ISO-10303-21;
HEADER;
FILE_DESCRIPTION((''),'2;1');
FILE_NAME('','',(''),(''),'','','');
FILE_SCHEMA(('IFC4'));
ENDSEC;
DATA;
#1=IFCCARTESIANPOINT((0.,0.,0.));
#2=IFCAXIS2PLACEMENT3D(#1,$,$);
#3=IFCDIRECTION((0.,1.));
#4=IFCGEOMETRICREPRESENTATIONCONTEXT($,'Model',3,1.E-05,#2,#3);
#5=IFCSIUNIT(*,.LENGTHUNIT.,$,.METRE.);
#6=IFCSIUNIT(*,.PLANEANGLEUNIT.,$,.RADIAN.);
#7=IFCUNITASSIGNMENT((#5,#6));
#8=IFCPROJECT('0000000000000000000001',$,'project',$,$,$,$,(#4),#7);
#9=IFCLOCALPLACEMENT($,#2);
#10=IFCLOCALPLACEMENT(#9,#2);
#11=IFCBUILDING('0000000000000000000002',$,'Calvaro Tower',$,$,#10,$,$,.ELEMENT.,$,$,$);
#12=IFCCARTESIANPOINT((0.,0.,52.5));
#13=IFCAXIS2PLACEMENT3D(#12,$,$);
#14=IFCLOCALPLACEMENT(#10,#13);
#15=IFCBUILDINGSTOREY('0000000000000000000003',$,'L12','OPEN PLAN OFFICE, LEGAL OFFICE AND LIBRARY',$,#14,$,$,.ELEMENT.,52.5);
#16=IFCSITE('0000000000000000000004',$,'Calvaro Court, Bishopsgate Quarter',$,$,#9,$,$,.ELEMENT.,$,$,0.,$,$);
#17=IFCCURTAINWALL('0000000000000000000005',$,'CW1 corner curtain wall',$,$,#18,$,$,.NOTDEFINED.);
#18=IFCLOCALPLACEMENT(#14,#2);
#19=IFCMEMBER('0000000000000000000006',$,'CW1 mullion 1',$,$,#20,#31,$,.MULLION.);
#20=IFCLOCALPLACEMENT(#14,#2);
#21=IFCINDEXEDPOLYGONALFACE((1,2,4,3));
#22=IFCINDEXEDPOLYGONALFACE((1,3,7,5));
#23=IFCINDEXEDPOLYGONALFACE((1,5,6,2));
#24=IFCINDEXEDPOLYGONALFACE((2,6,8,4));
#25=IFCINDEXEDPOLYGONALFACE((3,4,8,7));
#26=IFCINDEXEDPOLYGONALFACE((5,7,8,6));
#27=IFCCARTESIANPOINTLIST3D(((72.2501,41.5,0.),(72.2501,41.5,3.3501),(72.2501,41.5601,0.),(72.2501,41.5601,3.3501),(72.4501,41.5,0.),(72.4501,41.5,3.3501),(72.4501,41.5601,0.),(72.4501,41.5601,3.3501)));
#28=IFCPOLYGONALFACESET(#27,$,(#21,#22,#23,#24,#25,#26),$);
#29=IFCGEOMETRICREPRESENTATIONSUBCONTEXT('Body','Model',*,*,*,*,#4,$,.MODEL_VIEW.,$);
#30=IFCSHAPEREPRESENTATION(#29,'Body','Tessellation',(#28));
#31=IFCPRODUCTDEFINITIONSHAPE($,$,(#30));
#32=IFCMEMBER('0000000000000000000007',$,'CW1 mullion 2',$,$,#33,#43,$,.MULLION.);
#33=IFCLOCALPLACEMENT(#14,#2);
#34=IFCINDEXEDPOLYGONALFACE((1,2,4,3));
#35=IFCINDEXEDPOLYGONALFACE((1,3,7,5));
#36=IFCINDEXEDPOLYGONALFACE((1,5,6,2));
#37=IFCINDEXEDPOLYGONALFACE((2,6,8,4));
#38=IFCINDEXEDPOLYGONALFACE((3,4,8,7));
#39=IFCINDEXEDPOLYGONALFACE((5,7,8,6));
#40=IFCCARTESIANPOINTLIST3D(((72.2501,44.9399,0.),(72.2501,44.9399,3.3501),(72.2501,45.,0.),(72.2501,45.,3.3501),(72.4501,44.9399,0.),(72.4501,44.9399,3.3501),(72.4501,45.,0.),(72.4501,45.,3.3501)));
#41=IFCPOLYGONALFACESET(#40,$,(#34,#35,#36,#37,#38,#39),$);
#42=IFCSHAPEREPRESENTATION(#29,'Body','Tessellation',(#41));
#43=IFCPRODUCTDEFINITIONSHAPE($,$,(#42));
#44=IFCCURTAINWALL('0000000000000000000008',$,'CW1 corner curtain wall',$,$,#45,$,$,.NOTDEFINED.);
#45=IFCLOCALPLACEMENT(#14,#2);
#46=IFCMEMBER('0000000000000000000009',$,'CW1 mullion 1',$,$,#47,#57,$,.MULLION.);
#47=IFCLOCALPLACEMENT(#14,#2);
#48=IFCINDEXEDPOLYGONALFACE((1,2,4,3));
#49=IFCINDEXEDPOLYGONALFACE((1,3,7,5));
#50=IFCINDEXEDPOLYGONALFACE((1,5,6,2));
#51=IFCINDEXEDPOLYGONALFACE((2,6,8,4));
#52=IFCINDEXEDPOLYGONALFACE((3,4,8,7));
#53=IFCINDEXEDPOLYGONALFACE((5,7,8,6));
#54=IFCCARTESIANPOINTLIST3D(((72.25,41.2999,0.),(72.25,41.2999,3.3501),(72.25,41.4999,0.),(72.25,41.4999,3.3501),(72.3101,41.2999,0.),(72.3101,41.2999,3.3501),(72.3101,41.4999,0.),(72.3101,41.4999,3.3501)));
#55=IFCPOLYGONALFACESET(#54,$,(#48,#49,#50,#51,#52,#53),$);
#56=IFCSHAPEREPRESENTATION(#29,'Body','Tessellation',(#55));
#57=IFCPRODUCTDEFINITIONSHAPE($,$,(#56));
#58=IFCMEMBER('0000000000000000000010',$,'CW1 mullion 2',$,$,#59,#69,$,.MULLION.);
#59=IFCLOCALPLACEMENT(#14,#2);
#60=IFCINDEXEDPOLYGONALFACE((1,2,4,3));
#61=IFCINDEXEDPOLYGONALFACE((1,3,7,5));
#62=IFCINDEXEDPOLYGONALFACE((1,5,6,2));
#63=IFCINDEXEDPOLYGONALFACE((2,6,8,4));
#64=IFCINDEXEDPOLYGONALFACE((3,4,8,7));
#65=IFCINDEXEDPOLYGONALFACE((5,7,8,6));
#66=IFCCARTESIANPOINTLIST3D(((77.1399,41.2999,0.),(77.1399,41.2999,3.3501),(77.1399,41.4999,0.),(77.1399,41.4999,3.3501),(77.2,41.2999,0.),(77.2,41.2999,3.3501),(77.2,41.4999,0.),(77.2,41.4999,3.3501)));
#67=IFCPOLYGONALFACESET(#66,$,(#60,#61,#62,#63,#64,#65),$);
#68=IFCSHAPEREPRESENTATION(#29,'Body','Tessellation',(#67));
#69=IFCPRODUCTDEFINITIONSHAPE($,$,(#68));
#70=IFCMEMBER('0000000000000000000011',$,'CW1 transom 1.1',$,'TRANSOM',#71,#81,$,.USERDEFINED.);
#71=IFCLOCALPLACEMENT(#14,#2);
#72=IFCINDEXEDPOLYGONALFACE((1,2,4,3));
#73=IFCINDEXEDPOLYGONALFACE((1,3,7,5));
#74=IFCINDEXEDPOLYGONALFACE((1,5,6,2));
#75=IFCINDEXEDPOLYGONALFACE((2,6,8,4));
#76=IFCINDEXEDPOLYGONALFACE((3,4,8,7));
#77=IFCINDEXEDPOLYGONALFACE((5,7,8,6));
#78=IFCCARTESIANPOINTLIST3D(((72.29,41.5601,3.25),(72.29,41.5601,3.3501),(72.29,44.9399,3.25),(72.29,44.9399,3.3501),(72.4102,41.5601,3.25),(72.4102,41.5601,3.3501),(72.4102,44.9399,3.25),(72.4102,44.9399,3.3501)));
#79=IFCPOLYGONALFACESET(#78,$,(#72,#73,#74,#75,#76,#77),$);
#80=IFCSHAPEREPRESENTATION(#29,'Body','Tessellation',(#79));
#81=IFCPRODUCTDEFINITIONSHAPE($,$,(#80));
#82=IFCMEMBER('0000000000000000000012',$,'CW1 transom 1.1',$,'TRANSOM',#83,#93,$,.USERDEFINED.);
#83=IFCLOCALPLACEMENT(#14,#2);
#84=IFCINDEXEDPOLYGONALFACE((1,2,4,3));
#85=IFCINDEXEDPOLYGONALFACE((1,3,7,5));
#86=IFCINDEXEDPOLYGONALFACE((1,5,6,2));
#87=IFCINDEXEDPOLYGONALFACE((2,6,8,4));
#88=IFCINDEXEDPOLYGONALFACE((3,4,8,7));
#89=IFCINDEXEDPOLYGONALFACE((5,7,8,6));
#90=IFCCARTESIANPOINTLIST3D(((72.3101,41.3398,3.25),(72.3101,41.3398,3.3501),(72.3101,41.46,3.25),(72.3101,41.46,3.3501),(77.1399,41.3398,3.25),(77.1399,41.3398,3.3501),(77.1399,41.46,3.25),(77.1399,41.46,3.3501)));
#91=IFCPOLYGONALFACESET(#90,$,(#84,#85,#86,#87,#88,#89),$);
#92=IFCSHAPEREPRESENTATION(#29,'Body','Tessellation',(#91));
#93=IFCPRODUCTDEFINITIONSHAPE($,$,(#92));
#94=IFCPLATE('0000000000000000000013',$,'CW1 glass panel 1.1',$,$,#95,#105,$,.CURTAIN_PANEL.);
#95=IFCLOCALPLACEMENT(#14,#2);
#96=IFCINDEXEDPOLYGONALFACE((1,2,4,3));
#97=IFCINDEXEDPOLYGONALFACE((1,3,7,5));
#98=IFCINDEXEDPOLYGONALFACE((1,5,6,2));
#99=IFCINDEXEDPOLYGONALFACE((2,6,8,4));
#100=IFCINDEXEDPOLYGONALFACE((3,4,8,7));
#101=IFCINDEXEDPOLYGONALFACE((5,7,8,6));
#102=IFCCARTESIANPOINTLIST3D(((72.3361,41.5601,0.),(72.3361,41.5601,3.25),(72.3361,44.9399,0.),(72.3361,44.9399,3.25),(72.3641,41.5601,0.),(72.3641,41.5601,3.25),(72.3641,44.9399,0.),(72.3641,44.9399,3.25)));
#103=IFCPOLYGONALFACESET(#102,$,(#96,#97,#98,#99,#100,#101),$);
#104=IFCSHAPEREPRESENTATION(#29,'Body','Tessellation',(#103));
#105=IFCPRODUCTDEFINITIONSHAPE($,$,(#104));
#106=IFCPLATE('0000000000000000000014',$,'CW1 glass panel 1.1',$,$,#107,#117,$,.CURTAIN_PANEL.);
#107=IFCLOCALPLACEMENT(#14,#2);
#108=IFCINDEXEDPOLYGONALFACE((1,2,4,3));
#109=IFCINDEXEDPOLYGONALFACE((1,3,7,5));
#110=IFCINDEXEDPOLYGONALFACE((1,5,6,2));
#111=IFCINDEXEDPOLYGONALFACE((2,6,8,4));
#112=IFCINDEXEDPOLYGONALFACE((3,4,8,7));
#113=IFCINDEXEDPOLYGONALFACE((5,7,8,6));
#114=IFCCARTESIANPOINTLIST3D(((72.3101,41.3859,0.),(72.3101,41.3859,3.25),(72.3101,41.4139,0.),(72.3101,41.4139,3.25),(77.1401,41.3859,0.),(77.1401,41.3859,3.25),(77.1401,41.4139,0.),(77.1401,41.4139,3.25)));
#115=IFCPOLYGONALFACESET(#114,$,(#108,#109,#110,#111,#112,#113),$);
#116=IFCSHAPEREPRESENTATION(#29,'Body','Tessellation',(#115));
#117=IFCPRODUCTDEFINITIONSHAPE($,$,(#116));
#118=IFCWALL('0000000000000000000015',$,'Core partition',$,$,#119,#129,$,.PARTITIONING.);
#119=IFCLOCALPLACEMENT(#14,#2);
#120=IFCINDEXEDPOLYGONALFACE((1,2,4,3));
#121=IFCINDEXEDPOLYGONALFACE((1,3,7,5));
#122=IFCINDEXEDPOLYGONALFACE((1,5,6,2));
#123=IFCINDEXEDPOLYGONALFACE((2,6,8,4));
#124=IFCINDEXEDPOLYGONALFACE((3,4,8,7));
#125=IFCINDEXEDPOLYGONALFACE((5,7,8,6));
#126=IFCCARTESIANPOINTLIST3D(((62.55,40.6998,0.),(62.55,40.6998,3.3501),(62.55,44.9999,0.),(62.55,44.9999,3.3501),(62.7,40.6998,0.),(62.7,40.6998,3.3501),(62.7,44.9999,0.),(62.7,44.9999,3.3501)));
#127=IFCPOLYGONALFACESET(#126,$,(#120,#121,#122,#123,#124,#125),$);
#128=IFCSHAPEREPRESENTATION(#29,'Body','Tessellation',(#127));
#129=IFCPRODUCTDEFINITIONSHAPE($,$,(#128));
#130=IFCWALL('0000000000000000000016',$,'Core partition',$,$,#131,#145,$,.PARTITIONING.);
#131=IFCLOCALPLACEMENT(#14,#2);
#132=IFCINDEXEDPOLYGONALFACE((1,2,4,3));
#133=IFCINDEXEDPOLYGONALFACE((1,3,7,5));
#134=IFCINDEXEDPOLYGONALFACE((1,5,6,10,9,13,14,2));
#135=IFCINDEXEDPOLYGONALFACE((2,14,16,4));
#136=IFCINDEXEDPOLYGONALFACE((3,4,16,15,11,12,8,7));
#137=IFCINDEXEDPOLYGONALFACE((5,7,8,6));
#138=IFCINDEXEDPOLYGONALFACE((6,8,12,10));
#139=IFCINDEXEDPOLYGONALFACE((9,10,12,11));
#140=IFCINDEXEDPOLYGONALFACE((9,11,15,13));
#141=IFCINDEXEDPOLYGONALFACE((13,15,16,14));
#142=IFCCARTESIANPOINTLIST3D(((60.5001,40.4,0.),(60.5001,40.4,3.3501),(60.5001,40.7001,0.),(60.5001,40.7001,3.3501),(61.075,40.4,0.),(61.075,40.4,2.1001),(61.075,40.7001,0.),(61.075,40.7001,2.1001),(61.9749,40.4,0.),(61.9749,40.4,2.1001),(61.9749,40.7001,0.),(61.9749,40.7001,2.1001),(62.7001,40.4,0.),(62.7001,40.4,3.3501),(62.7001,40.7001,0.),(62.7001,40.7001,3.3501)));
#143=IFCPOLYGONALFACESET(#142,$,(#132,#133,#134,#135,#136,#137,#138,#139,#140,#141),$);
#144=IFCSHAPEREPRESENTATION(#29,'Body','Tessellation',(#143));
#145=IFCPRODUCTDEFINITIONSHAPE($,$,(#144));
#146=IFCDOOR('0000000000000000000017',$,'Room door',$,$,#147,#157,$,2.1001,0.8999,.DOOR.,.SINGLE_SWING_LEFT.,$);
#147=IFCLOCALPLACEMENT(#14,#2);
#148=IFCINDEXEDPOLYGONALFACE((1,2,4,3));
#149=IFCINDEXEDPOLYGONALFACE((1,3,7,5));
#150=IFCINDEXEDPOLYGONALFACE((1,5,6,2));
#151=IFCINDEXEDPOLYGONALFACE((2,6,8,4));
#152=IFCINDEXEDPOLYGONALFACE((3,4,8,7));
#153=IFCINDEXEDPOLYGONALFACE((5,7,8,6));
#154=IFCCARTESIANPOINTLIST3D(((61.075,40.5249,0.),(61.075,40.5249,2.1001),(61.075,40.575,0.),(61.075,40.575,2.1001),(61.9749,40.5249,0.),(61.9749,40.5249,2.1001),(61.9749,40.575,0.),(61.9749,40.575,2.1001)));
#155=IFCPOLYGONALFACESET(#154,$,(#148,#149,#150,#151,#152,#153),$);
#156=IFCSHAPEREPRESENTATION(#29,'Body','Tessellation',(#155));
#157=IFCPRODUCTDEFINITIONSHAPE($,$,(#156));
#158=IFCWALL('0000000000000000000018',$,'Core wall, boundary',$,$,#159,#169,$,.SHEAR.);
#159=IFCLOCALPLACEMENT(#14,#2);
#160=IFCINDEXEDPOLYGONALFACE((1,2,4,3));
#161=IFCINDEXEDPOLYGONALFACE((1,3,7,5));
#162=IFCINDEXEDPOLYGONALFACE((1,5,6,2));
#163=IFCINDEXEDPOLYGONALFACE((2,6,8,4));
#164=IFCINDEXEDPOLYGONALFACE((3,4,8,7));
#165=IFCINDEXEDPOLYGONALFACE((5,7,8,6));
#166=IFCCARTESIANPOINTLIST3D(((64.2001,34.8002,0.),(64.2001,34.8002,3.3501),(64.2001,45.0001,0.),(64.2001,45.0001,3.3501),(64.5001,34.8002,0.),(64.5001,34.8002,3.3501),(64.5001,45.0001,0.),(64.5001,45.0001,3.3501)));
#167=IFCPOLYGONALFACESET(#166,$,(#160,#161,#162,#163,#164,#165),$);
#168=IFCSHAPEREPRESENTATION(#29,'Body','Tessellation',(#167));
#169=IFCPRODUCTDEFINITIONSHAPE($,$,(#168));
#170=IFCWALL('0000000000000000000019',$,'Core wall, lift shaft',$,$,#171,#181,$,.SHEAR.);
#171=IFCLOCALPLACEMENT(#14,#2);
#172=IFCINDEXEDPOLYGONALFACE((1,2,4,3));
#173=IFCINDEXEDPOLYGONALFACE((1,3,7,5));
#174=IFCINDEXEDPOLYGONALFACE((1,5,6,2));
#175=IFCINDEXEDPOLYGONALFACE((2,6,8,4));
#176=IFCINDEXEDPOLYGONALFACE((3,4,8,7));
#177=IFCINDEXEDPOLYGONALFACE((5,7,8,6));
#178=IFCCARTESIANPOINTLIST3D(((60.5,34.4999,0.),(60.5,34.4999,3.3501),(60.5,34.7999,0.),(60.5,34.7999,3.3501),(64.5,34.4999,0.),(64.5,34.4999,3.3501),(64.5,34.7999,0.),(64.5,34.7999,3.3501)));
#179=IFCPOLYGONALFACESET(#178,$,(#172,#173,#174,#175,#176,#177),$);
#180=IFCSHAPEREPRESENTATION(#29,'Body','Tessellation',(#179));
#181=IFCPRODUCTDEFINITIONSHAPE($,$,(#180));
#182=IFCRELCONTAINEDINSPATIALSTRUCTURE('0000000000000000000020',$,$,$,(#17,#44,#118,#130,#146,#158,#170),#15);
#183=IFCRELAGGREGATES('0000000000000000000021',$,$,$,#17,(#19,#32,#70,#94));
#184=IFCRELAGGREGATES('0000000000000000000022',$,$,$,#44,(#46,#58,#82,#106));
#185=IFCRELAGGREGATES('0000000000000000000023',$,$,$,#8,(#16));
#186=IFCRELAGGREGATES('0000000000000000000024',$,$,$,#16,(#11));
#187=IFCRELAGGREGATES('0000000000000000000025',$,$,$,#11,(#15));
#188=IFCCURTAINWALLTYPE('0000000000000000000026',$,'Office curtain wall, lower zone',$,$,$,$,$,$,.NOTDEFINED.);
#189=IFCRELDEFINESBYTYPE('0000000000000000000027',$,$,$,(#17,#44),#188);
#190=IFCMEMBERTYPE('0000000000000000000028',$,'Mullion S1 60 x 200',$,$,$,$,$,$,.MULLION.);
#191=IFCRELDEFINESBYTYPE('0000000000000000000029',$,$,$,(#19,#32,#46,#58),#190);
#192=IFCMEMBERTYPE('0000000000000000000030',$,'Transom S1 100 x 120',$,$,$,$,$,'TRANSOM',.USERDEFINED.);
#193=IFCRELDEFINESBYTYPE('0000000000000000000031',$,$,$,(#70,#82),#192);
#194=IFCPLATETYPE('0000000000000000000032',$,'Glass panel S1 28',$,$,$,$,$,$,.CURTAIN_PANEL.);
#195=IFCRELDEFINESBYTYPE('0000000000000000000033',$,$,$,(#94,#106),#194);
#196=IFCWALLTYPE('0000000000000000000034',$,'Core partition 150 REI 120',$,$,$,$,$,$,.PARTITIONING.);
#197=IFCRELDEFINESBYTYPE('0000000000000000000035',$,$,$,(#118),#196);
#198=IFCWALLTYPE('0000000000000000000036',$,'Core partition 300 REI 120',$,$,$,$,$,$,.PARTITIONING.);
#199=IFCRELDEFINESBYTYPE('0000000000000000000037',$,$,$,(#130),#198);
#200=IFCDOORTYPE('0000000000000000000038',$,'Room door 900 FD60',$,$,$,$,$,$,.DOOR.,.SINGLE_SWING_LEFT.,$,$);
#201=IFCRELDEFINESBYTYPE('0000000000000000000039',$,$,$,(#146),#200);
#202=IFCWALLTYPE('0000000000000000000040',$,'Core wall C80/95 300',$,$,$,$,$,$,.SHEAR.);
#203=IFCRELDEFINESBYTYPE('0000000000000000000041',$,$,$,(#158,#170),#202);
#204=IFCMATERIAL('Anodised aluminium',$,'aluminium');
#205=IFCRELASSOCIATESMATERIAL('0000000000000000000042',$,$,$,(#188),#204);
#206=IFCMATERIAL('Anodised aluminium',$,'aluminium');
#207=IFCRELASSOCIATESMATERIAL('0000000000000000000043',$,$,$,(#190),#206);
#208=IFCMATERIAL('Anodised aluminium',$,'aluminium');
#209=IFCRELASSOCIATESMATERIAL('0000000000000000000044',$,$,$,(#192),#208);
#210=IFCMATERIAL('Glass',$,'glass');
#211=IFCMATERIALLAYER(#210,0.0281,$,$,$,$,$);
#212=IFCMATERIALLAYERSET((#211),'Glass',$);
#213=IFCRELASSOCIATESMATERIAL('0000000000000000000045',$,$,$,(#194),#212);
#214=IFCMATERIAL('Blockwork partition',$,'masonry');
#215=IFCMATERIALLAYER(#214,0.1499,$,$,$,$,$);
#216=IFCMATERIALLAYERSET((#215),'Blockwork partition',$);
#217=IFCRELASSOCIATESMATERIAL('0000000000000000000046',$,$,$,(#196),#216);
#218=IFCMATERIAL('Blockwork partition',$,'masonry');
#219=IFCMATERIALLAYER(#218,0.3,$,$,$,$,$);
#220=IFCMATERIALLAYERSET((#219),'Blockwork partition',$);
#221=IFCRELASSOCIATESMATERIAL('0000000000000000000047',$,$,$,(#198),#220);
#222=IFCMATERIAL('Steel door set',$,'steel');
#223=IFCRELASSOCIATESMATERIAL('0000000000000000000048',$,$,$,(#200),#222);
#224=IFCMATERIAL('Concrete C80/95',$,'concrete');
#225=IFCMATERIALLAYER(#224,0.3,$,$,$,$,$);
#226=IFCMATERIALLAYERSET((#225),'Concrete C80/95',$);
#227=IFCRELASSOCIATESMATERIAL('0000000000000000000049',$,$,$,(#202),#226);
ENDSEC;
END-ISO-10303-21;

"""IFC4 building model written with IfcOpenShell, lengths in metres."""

from ifc_helpers import new_model, si_unit, direction, frame, frame_2d, origin, origin_2d, place, context, subcontext, project, spatial, rectangle, extrude, material, layer, layer_set, material_profile, profile_set, type_object, element, fill, aggregate, save


model = new_model("IFC4")

# Units and contexts
model_context = context("Model", 3, precision=1e-05, world=origin(), true_north=direction((0.0, 1.0)))
body_context = subcontext(model_context, "Body", "Model", "MODEL_VIEW")
ifc_project = project(units=[si_unit("LENGTHUNIT", "METRE"), si_unit("PLANEANGLEUNIT", "RADIAN")], contexts=[model_context])

# Site, building, storey
site_placement = place(None, origin())
site = spatial("IfcSite", under=ifc_project, at=site_placement, Name="Calvaro Court, Bishopsgate Quarter", CompositionType="ELEMENT", RefElevation=0.0)
building_placement = place(site_placement, origin())
building = spatial("IfcBuilding", under=site, at=building_placement, Name="Calvaro Tower", CompositionType="ELEMENT")
storey_placement = place(building_placement, frame((0.0, 0.0, 52.5)))
storey = spatial("IfcBuildingStorey", under=building, at=storey_placement, Name="L12", Description="OPEN PLAN OFFICE, LEGAL OFFICE AND LIBRARY", CompositionType="ELEMENT", Elevation=52.5)

# Curtain walls, members
ifc_material_1 = material(Name="Anodised aluminium", Category="aluminium")
curtain_wall_type = type_object("IfcCurtainWallType", Name="Office curtain wall, lower zone", PredefinedType="NOTDEFINED", material=ifc_material_1)
curtain_wall_1_placement = place(storey_placement, origin())
curtain_wall_1 = element("IfcCurtainWall", 1, at=curtain_wall_1_placement, inside=storey, type_object=curtain_wall_type, Name="CW1 corner curtain wall", PredefinedType="NOTDEFINED")
ifc_material_2 = material(Name="Anodised aluminium", Category="aluminium")
ifc_material_profile_1 = material_profile(ifc_material_2, rectangle(XDim=0.2, YDim=0.0601, at=origin_2d()), Name="Mullion S1 60 x 200")
ifc_profile_set_1 = profile_set([ifc_material_profile_1], Name="Anodised aluminium")
member_type_1 = type_object("IfcMemberType", Name="Mullion S1 60 x 200", PredefinedType="MULLION", material=ifc_profile_set_1)
member_1_placement = place(storey_placement, frame((72.3501, 41.53, 0.0), z_axis=(0.0, 0.0, 1.0), x_axis=(-1.0, 0.0, 0.0)))
member_1 = element("IfcMember", 2, at=member_1_placement, type_object=member_type_1, Name="CW1 mullion 1", PredefinedType="MULLION", context=body_context, shape_type="SweptSolid", body=[
    extrude(rectangle(XDim=0.2, YDim=0.0601, at=origin_2d()), origin(), (0.0, 0.0, 1.0), 3.3501),
])
member_2_placement = place(storey_placement, frame((72.3501, 44.97, 0.0), z_axis=(0.0, 0.0, 1.0), x_axis=(-1.0, 0.0, 0.0)))
member_2 = element("IfcMember", 3, at=member_2_placement, type_object=member_type_1, Name="CW1 mullion 2", PredefinedType="MULLION", context=body_context, shape_type="SweptSolid", body=[
    extrude(rectangle(XDim=0.2, YDim=0.0601, at=origin_2d()), origin(), (0.0, 0.0, 1.0), 3.3501),
])
curtain_wall_2_placement = place(storey_placement, origin())
curtain_wall_2 = element("IfcCurtainWall", 4, at=curtain_wall_2_placement, inside=storey, type_object=curtain_wall_type, Name="CW1 corner curtain wall", PredefinedType="NOTDEFINED")
member_3_placement = place(storey_placement, frame((72.28, 41.3999, 0.0), z_axis=(0.0, 0.0, 1.0), x_axis=(0.0, 1.0, 0.0)))
member_3 = element("IfcMember", 5, at=member_3_placement, type_object=member_type_1, Name="CW1 mullion 1", PredefinedType="MULLION", context=body_context, shape_type="SweptSolid", body=[
    extrude(rectangle(XDim=0.2, YDim=0.0601, at=origin_2d()), origin(), (0.0, 0.0, 1.0), 3.3501),
])
member_4_placement = place(storey_placement, frame((77.1699, 41.3999, 0.0), z_axis=(0.0, 0.0, 1.0), x_axis=(0.0, 1.0, 0.0)))
member_4 = element("IfcMember", 6, at=member_4_placement, type_object=member_type_1, Name="CW1 mullion 2", PredefinedType="MULLION", context=body_context, shape_type="SweptSolid", body=[
    extrude(rectangle(XDim=0.2, YDim=0.0601, at=origin_2d()), origin(), (0.0, 0.0, 1.0), 3.3501),
])

# Members
ifc_material_3 = material(Name="Anodised aluminium", Category="aluminium")
ifc_material_profile_2 = material_profile(ifc_material_3, rectangle(XDim=0.1201, YDim=0.1001, at=origin_2d()), Name="Transom S1 100 x 120")
ifc_profile_set_2 = profile_set([ifc_material_profile_2], Name="Anodised aluminium")
member_type_2 = type_object("IfcMemberType", Name="Transom S1 100 x 120", ElementType="TRANSOM", PredefinedType="USERDEFINED", material=ifc_profile_set_2)
member_5_placement = place(storey_placement, frame((72.3501, 41.5601, 3.3), z_axis=(0.0, 1.0, 0.0), x_axis=(-1.0, 0.0, 0.0)))
member_5 = element("IfcMember", 7, at=member_5_placement, type_object=member_type_2, Name="CW1 transom 1.1", ObjectType="TRANSOM", PredefinedType="USERDEFINED", context=body_context, shape_type="SweptSolid", body=[
    extrude(rectangle(XDim=0.1201, YDim=0.1001, at=origin_2d()), origin(), (0.0, 0.0, 1.0), 3.3799),
])
member_6_placement = place(storey_placement, frame((72.3101, 41.3999, 3.3), z_axis=(1.0, 0.0, 0.0), x_axis=(0.0, 1.0, 0.0)))
member_6 = element("IfcMember", 8, at=member_6_placement, type_object=member_type_2, Name="CW1 transom 1.1", ObjectType="TRANSOM", PredefinedType="USERDEFINED", context=body_context, shape_type="SweptSolid", body=[
    extrude(rectangle(XDim=0.1201, YDim=0.1001, at=origin_2d()), origin(), (0.0, 0.0, 1.0), 4.8298),
])

# Plates
ifc_material_4 = material(Name="Glass", Category="glass")
ifc_layer_1 = layer(ifc_material_4, 0.0281)
ifc_layer_set_1 = layer_set([ifc_layer_1], Name="Glass")
plate_type = type_object("IfcPlateType", Name="Glass panel S1 28", PredefinedType="CURTAIN_PANEL", material=ifc_layer_set_1)
plate_1_placement = place(storey_placement, frame((72.3501, 43.25, 0.0), z_axis=(0.0, 0.0, 1.0), x_axis=(0.0, 1.0, 0.0)))
plate_1 = element("IfcPlate", 9, at=plate_1_placement, type_object=plate_type, Name="CW1 glass panel 1.1", PredefinedType="CURTAIN_PANEL", context=body_context, shape_type="SweptSolid", body=[
    extrude(rectangle(XDim=3.3799, YDim=0.0281, at=origin_2d()), origin(), (0.0, 0.0, 1.0), 3.25),
])
aggregate(curtain_wall_1, [member_1, member_2, member_5, plate_1])
plate_2_placement = place(storey_placement, frame((74.7251, 41.3999, 0.0), z_axis=(0.0, 0.0, 1.0), x_axis=(1.0, 0.0, 0.0)))
plate_2 = element("IfcPlate", 10, at=plate_2_placement, type_object=plate_type, Name="CW1 glass panel 1.1", PredefinedType="CURTAIN_PANEL", context=body_context, shape_type="SweptSolid", body=[
    extrude(rectangle(XDim=4.8301, YDim=0.0281, at=origin_2d()), origin(), (0.0, 0.0, 1.0), 3.25),
])
aggregate(curtain_wall_2, [member_3, member_4, member_6, plate_2])

# Wall
ifc_material_5 = material(Name="Blockwork partition", Category="masonry")
ifc_layer_2 = layer(ifc_material_5, 0.1499)
ifc_layer_set_2 = layer_set([ifc_layer_2], Name="Blockwork partition")
wall_type_1 = type_object("IfcWallType", Name="Core partition 150 REI 120", PredefinedType="PARTITIONING", material=ifc_layer_set_2)
wall_1_placement = place(storey_placement, frame((62.625, 40.7, 0.0), z_axis=(0.0, 0.0, 1.0), x_axis=(0.0, 1.0, 0.0)))
element("IfcWall", 11, at=wall_1_placement, inside=storey, type_object=wall_type_1, Name="Core partition", PredefinedType="PARTITIONING", context=body_context, shape_type="SweptSolid", body=[
    extrude(rectangle(XDim=4.3, YDim=0.1499, at=frame_2d((2.1499, 0.0))), origin(), (0.0, 0.0, 1.0), 3.3501),
])

# Wall, opening, door
ifc_material_6 = material(Name="Blockwork partition", Category="masonry")
ifc_layer_3 = layer(ifc_material_6, 0.3)
ifc_layer_set_3 = layer_set([ifc_layer_3], Name="Blockwork partition")
wall_type_2 = type_object("IfcWallType", Name="Core partition 300 REI 120", PredefinedType="PARTITIONING", material=ifc_layer_set_3)
wall_2_placement = place(storey_placement, frame((60.5, 40.55, 0.0), z_axis=(0.0, 0.0, 1.0), x_axis=(1.0, 0.0, 0.0)))
wall_2 = element("IfcWall", 12, at=wall_2_placement, inside=storey, type_object=wall_type_2, Name="Core partition", PredefinedType="PARTITIONING", context=body_context, shape_type="SweptSolid", body=[
    extrude(rectangle(XDim=2.2, YDim=0.3, at=frame_2d((1.1001, 0.0))), origin(), (0.0, 0.0, 1.0), 3.3501),
])
opening_1_placement = place(wall_2_placement, frame((0.575, 0.0, 0.0)))
opening_1 = element("IfcOpeningElement", 13, at=opening_1_placement, cuts=wall_2, PredefinedType="OPENING", context=body_context, shape_type="SweptSolid", body=[
    extrude(rectangle(XDim=0.8999, YDim=2.1001, at=frame_2d((0.45, 1.05))), frame((0.0, 0.1599, 0.0), z_axis=(0.0, -1.0, 0.0), x_axis=(1.0, 0.0, 0.0)), (0.0, 0.0, 1.0), 0.3201),
])
ifc_material_7 = material(Name="Steel door set", Category="steel")
door_type_1 = type_object("IfcDoorType", Name="Room door 900 FD60", OperationType="SINGLE_SWING_LEFT", PredefinedType="DOOR", material=ifc_material_7)
door_1_placement = place(opening_1_placement, origin())
door_1 = element("IfcDoor", 14, at=door_1_placement, inside=storey, type_object=door_type_1, Name="Room door", OperationType="SINGLE_SWING_LEFT", OverallHeight=2.1001, OverallWidth=0.8999, PredefinedType="DOOR", context=body_context, shape_type="SweptSolid", body=[
    extrude(rectangle(XDim=0.8999, YDim=2.1001, at=frame_2d((0.45, 1.05))), frame((0.0, 0.0249, 0.0), z_axis=(0.0, -1.0, 0.0), x_axis=(1.0, 0.0, 0.0)), (0.0, 0.0, 1.0), 0.05),
])
fill(opening_1, door_1)

# Walls
ifc_material_8 = material(Name="Concrete C80/95", Category="concrete")
ifc_layer_4 = layer(ifc_material_8, 0.3)
ifc_layer_set_4 = layer_set([ifc_layer_4], Name="Concrete C80/95")
wall_type_3 = type_object("IfcWallType", Name="Core wall C80/95 300", PredefinedType="SHEAR", material=ifc_layer_set_4)
wall_3_placement = place(storey_placement, frame((64.3501, 34.8, 0.0), z_axis=(0.0, 0.0, 1.0), x_axis=(0.0, 1.0, 0.0)))
element("IfcWall", 15, at=wall_3_placement, inside=storey, type_object=wall_type_3, Name="Core wall, boundary", PredefinedType="SHEAR", context=body_context, shape_type="SweptSolid", body=[
    extrude(rectangle(XDim=10.2, YDim=0.3, at=frame_2d((5.1001, 0.0))), origin(), (0.0, 0.0, 1.0), 3.3501),
])
wall_4_placement = place(storey_placement, frame((60.5, 34.6499, 0.0), z_axis=(0.0, 0.0, 1.0), x_axis=(1.0, 0.0, 0.0)))
element("IfcWall", 16, at=wall_4_placement, inside=storey, type_object=wall_type_3, Name="Core wall, lift shaft", PredefinedType="SHEAR", context=body_context, shape_type="SweptSolid", body=[
    extrude(rectangle(XDim=4.0, YDim=0.3, at=frame_2d((2.0, 0.0))), origin(), (0.0, 0.0, 1.0), 3.3501),
])

save(model, "model.ifc")
